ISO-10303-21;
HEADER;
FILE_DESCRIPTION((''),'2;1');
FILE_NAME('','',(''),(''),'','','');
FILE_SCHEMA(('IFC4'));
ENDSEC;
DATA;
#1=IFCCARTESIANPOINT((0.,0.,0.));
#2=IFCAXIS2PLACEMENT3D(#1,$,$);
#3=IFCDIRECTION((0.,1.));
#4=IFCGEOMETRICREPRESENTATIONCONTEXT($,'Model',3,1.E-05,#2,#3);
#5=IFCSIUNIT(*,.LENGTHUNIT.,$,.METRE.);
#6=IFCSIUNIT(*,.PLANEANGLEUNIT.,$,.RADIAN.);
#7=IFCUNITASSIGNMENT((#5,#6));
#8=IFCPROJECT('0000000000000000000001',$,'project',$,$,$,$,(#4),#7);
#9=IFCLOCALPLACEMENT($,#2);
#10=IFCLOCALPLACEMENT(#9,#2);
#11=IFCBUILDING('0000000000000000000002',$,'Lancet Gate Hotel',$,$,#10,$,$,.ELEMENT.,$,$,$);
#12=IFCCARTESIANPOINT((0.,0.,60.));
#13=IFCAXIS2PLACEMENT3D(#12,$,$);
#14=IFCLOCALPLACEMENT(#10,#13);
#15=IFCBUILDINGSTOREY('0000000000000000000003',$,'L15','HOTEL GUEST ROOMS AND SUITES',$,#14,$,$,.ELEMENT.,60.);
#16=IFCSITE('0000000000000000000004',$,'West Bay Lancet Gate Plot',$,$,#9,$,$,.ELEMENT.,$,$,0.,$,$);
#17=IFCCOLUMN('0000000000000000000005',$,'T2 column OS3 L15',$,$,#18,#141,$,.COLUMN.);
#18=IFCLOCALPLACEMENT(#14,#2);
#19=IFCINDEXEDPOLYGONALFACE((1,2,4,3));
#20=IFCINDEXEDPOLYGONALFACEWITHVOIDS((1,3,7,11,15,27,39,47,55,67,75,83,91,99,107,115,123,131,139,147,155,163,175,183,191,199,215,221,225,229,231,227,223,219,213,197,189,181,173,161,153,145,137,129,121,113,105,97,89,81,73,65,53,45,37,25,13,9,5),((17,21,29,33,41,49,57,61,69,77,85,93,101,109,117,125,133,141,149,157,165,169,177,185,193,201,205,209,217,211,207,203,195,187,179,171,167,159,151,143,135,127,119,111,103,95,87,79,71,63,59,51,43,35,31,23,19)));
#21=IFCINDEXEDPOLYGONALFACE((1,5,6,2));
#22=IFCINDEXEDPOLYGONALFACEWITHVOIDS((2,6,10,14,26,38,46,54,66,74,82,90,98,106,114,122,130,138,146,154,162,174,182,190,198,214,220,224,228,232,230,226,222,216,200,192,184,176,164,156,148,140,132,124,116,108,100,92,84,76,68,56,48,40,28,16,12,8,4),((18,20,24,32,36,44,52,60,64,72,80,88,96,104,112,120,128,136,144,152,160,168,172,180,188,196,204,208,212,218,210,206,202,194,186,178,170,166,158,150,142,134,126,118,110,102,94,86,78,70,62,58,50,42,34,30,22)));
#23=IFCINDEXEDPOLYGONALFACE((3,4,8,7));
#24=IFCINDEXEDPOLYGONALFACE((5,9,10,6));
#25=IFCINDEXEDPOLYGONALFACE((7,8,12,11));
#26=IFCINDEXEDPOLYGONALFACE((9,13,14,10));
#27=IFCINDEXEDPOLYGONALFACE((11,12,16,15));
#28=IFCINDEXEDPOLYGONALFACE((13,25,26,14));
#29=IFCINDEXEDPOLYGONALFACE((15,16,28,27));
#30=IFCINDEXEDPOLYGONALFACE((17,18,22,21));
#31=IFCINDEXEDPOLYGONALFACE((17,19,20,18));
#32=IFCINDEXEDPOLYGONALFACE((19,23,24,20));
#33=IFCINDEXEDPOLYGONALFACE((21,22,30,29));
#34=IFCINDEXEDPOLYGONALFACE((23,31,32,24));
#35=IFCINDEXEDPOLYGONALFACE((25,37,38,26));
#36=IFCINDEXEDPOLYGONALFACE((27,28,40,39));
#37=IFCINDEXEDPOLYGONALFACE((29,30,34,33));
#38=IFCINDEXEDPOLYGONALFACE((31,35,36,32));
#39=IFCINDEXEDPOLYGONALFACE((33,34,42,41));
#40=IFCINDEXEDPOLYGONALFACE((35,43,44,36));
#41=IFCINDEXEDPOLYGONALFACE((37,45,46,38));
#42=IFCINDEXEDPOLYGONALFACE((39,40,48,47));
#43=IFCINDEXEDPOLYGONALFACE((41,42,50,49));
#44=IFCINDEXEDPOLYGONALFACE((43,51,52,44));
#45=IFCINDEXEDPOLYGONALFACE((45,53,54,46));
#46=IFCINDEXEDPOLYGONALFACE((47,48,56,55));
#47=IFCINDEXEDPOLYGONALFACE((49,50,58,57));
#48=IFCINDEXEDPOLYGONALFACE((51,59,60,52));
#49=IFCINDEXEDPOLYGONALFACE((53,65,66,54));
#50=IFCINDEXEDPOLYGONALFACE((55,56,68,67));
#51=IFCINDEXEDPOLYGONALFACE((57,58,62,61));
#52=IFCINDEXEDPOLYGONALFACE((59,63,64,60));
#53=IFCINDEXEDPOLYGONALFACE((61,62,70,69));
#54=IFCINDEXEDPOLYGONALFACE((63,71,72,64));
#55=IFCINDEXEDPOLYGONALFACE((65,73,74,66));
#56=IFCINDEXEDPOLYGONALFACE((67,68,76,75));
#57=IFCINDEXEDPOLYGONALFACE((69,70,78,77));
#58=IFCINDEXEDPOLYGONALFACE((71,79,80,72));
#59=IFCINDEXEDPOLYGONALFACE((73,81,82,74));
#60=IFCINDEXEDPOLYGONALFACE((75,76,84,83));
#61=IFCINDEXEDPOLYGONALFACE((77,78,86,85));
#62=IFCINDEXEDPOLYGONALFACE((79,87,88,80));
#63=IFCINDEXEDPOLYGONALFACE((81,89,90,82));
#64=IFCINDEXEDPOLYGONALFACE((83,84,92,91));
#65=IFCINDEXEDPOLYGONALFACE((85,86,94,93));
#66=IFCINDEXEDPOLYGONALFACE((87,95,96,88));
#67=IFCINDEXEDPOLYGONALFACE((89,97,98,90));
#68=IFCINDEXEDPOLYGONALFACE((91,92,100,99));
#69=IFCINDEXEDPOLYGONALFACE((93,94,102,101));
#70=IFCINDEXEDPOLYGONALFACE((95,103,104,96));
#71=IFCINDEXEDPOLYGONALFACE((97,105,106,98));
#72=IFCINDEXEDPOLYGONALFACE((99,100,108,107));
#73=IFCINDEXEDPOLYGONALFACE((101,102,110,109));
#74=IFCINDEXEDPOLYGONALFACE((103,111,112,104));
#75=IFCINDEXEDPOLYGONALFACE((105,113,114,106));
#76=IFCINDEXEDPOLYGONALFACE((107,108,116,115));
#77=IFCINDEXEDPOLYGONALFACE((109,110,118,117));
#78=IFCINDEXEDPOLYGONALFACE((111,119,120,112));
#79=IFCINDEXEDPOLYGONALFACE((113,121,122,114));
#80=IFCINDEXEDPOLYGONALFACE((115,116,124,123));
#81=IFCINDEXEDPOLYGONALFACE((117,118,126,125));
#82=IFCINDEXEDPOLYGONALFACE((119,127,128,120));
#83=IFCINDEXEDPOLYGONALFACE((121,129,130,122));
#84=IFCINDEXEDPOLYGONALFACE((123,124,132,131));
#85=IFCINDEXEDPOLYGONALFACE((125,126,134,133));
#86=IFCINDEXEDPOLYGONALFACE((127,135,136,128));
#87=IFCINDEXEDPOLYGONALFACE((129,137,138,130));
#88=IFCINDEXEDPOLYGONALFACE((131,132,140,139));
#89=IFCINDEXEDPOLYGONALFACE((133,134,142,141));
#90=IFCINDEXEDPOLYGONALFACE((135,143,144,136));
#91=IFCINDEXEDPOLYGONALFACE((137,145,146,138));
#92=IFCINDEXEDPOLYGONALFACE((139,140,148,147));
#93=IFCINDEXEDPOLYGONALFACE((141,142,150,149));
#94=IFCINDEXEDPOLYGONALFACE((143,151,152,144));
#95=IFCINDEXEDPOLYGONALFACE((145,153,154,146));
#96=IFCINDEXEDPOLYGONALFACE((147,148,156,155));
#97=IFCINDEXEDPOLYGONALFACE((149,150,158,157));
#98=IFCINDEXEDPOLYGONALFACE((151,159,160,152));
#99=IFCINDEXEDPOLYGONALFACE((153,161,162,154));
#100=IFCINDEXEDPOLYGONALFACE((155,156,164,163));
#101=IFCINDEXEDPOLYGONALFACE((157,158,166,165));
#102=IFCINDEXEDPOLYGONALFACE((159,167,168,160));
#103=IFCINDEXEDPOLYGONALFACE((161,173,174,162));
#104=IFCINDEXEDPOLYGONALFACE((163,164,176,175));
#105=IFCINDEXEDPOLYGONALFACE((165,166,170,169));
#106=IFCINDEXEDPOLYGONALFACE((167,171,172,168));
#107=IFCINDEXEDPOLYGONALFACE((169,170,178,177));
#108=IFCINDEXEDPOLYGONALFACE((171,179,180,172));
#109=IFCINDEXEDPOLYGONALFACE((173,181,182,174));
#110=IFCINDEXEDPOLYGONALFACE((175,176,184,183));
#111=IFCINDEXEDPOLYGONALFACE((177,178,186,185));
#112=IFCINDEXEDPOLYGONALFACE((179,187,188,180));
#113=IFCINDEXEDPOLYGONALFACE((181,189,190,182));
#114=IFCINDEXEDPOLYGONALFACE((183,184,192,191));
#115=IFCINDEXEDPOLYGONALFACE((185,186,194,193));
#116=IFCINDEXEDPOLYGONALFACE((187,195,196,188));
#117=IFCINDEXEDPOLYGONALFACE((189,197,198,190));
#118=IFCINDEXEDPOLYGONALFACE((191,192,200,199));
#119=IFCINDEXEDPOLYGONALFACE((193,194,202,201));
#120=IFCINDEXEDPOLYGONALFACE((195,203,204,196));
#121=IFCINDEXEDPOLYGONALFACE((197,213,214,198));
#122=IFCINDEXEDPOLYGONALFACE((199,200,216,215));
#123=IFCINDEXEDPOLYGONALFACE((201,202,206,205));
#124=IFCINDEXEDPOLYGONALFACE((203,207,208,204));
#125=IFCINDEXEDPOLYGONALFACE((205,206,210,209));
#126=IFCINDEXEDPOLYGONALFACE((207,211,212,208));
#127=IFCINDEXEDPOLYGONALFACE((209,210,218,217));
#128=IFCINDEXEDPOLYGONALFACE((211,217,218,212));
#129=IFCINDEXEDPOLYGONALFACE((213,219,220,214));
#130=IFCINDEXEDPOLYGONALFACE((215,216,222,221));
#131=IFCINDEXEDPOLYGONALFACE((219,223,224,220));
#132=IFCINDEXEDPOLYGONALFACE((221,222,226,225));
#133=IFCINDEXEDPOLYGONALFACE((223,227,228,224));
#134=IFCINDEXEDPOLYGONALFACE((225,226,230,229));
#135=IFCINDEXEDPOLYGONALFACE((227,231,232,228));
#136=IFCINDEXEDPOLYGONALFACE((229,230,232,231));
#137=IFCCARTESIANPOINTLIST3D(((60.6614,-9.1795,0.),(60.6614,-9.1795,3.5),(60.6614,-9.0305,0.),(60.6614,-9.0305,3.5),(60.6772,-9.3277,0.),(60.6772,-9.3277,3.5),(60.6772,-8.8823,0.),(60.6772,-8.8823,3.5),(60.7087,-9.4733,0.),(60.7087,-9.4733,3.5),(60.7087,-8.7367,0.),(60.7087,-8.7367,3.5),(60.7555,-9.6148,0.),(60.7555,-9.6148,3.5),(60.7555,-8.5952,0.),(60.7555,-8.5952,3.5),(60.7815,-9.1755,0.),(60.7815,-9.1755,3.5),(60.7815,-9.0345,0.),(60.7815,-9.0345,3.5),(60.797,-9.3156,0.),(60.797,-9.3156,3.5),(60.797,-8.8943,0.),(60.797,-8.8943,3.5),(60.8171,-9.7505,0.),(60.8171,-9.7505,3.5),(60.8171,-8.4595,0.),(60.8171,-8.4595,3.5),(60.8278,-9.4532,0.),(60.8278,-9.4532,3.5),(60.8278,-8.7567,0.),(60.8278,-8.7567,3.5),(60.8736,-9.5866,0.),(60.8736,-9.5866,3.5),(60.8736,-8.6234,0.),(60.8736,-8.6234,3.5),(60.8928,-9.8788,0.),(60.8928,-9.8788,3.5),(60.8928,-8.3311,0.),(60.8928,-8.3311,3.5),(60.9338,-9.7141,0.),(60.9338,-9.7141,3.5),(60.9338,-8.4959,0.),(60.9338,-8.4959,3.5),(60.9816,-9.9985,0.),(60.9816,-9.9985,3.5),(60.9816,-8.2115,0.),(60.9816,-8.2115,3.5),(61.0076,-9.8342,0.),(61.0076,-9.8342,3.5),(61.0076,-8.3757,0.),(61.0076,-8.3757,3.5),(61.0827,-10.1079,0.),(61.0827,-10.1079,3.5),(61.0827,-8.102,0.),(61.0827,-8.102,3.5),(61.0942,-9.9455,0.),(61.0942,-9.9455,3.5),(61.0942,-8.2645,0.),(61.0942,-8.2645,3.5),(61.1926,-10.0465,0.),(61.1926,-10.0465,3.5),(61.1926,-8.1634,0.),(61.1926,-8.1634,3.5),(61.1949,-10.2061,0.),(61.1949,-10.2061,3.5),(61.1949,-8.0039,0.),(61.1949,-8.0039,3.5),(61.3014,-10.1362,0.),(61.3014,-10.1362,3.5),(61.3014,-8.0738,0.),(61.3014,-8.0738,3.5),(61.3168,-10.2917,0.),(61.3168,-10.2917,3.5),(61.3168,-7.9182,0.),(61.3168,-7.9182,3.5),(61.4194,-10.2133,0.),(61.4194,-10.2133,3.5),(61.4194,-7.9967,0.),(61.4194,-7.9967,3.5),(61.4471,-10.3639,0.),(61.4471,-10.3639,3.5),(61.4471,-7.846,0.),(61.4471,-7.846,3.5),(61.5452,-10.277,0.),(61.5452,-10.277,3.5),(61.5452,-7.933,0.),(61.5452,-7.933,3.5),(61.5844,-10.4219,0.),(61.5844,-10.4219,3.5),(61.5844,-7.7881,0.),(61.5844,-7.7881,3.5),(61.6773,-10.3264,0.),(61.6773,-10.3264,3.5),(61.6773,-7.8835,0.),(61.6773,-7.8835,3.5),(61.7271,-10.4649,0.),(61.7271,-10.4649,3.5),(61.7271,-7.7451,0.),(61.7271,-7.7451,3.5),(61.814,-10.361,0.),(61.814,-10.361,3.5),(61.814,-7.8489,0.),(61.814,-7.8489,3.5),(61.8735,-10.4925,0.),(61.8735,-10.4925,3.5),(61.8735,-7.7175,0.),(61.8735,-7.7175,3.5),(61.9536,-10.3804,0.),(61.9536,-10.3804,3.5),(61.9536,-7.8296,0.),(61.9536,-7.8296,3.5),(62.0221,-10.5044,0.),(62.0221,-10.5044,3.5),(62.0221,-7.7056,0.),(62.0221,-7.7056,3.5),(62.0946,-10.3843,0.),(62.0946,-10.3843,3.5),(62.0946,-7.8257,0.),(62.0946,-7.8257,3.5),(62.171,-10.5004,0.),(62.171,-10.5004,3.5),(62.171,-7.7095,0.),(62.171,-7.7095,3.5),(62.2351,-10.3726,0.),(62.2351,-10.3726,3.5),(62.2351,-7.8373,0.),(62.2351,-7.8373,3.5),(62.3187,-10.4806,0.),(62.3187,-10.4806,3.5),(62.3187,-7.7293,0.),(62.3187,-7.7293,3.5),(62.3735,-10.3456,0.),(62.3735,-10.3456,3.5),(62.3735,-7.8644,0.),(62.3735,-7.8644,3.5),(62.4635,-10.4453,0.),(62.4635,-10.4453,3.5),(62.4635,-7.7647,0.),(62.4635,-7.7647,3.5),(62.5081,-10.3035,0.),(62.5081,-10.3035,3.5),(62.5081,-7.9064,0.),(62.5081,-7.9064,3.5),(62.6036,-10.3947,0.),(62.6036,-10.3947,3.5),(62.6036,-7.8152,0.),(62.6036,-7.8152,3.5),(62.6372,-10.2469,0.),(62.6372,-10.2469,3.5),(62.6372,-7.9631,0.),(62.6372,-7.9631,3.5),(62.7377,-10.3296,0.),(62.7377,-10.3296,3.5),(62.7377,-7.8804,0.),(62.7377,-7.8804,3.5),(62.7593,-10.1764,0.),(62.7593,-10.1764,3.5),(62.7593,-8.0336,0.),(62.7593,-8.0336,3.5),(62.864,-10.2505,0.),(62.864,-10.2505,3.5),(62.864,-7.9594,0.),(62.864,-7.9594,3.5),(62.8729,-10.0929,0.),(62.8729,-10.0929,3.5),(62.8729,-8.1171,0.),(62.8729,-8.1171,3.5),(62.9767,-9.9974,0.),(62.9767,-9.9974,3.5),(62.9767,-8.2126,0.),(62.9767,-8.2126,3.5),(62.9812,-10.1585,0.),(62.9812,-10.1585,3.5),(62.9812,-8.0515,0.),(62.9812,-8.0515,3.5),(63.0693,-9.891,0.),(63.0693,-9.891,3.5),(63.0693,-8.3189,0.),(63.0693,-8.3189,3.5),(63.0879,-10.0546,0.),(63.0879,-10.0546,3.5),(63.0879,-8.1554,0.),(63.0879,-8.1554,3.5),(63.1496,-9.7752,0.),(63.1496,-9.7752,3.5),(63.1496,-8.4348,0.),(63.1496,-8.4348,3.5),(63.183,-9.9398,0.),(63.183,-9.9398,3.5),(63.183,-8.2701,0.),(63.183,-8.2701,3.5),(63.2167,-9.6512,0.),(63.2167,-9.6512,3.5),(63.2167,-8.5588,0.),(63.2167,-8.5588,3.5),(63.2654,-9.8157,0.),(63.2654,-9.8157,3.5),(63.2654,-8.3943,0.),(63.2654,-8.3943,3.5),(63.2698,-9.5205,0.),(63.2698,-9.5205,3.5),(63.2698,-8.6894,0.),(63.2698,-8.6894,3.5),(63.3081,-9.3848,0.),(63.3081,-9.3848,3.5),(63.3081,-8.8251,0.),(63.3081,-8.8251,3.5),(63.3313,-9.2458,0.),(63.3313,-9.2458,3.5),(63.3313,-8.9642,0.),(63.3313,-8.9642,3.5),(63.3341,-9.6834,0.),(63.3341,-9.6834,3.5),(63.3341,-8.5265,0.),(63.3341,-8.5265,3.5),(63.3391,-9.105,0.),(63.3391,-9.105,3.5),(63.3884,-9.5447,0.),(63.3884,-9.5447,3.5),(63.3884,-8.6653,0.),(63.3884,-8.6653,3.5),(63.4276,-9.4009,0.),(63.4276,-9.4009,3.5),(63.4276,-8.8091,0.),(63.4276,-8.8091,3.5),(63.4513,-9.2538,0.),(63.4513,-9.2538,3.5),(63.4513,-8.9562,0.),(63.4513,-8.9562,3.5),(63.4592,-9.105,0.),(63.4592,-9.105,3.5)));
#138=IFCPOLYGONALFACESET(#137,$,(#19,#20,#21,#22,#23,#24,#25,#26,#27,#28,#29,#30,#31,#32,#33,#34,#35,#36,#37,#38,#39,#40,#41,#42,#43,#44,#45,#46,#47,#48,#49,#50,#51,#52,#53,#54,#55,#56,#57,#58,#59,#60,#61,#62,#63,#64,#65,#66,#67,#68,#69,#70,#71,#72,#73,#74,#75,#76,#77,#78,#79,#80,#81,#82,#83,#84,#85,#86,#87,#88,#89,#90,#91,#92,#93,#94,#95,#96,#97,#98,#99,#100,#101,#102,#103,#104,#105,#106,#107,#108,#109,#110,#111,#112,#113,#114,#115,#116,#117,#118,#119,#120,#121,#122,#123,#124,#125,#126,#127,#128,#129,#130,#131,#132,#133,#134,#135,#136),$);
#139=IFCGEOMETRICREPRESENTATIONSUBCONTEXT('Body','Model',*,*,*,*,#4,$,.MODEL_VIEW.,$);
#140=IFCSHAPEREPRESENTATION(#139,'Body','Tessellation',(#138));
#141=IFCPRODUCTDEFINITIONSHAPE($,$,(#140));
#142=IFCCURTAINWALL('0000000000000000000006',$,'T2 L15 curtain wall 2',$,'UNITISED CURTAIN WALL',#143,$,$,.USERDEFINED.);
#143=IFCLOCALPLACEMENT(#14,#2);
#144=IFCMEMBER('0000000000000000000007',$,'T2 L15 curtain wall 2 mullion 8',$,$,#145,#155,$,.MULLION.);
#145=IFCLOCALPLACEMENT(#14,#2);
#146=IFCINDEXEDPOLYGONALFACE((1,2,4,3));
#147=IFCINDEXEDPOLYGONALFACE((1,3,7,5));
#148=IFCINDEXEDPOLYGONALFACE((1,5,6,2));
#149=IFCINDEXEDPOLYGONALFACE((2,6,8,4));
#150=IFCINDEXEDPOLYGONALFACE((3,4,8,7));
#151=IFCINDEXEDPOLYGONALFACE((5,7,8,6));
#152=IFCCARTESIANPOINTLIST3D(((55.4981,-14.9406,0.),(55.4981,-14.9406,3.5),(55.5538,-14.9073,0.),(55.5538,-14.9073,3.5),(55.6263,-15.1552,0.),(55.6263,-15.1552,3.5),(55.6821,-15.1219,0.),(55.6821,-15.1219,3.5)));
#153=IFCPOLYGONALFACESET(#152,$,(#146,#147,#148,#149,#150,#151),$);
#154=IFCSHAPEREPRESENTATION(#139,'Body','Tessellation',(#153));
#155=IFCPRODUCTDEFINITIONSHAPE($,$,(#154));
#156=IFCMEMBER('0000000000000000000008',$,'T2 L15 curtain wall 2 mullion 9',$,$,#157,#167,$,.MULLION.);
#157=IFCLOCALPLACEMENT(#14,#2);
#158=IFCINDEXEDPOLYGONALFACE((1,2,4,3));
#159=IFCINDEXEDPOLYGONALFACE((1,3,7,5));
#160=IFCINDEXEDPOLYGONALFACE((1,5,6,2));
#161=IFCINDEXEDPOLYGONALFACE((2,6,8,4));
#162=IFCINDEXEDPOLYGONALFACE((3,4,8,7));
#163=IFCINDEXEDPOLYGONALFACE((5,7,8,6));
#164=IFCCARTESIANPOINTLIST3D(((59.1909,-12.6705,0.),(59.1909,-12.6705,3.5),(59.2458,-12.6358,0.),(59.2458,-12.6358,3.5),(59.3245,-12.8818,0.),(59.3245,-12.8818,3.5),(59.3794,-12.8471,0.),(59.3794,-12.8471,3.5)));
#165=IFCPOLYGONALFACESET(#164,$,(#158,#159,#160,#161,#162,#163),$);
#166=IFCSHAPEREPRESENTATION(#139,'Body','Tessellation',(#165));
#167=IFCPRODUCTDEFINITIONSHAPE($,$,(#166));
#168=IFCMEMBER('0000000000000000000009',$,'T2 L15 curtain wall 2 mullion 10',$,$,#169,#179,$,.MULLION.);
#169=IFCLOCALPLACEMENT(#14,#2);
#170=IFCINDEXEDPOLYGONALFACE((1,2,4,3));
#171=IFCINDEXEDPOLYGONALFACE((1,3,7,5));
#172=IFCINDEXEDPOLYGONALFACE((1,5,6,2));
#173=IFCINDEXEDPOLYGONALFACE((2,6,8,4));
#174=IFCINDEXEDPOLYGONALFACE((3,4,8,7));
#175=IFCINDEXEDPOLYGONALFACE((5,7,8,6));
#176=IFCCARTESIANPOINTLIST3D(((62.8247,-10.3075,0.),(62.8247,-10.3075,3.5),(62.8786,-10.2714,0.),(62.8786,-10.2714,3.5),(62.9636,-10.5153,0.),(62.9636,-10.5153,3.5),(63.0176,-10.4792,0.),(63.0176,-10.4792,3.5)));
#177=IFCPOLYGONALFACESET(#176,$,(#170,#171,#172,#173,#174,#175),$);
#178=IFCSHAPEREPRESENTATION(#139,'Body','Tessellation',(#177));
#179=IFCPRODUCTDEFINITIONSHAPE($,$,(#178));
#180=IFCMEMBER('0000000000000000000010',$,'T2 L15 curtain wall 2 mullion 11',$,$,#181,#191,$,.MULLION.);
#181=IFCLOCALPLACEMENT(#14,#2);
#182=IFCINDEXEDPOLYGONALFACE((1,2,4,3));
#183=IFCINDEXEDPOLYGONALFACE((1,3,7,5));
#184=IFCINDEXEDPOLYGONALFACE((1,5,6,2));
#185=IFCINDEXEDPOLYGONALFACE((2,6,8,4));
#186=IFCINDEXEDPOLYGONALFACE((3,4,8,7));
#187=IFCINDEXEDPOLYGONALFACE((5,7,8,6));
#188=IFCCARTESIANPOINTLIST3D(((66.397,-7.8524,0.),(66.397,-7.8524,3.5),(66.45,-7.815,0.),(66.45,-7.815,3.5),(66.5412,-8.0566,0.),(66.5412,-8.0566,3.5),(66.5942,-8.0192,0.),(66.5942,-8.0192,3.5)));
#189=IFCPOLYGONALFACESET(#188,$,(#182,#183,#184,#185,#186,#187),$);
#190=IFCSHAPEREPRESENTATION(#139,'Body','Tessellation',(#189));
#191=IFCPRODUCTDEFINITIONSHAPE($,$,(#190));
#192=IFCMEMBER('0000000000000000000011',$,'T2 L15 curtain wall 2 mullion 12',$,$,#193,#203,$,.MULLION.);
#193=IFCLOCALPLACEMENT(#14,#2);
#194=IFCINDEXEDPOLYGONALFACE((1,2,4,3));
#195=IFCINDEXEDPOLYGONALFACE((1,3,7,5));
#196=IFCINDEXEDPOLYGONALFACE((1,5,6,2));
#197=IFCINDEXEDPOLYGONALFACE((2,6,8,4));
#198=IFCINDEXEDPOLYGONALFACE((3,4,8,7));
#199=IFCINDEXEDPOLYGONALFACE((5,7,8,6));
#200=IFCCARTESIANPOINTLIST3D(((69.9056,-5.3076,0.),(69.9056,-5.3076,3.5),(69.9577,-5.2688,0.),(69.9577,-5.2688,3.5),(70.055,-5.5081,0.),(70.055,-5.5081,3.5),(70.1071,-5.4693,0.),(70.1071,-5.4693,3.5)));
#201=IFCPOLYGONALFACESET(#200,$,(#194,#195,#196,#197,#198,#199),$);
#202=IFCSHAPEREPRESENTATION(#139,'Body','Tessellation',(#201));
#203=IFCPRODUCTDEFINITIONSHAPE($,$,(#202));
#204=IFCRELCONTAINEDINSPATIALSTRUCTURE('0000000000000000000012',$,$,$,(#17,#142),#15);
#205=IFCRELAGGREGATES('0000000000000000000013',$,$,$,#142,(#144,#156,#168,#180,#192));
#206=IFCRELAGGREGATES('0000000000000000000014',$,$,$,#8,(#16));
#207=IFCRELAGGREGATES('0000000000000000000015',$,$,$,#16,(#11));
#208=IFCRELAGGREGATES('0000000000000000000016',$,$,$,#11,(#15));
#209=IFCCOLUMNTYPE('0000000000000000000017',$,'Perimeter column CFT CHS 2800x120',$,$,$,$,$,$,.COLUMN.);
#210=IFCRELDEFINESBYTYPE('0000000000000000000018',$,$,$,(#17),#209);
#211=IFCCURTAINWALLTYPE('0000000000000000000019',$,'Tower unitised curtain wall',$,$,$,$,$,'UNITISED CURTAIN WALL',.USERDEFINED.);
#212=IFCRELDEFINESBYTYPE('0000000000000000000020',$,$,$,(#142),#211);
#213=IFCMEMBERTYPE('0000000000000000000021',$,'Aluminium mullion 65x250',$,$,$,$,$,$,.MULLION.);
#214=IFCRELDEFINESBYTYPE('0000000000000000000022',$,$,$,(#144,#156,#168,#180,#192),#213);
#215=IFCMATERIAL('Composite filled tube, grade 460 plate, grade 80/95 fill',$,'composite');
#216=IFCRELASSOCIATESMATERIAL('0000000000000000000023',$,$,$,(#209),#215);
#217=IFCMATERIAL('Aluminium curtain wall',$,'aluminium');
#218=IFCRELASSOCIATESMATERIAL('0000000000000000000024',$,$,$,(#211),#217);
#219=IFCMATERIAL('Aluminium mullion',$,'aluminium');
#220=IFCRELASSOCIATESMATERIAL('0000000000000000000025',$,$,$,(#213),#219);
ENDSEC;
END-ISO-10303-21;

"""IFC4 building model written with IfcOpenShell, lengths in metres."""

from ifc_helpers import new_model, si_unit, direction, frame, origin, origin_2d, place, context, subcontext, project, spatial, rectangle, hollow_circle, extrude, material, material_profile, profile_set, type_object, element, aggregate, save


model = new_model("IFC4")

# Units and contexts
model_context = context("Model", 3, precision=1e-05, world=origin(), true_north=direction((0.0, 1.0)))
body_context = subcontext(model_context, "Body", "Model", "MODEL_VIEW")
ifc_project = project(units=[si_unit("LENGTHUNIT", "METRE"), si_unit("PLANEANGLEUNIT", "RADIAN")], contexts=[model_context])

# Site, building, storey
site_placement = place(None, origin())
site = spatial("IfcSite", under=ifc_project, at=site_placement, Name="West Bay Lancet Gate Plot", CompositionType="ELEMENT", RefElevation=0.0)
building_placement = place(site_placement, origin())
building = spatial("IfcBuilding", under=site, at=building_placement, Name="Lancet Gate Hotel", CompositionType="ELEMENT")
storey_placement = place(building_placement, frame((0.0, 0.0, 60.0)))
storey = spatial("IfcBuildingStorey", under=building, at=storey_placement, Name="L15", Description="HOTEL GUEST ROOMS AND SUITES", CompositionType="ELEMENT", Elevation=60.0)

# Column
ifc_material_1 = material(Name="Composite filled tube, grade 460 plate, grade 80/95 fill", Category="composite")
ifc_material_profile_1 = material_profile(ifc_material_1, hollow_circle(Radius=1.3999, WallThickness=0.1201, at=origin_2d()), Name="CHS 2800x120")
ifc_profile_set_1 = profile_set([ifc_material_profile_1], Name="Composite filled tube, grade 460 plate, grade 80/95 fill")
column_type = type_object("IfcColumnType", Name="Perimeter column CFT CHS 2800x120", PredefinedType="COLUMN", material=ifc_profile_set_1)
for number, where, z_axis, x_axis, name in (
    (1, (62.0593, -9.105, 0.0), (0.0, 0.0, 1.0), (1.0, 0.0, 0.0), "T2 column OS3 L15"),
):
    element("IfcColumn", number, at=place(storey_placement, frame(where, z_axis=z_axis, x_axis=x_axis)), inside=storey, type_object=column_type, Name=name, PredefinedType="COLUMN", context=body_context, shape_type="SweptSolid", body=[
        extrude(hollow_circle(Radius=1.3999, WallThickness=0.1201, at=origin_2d()), origin(), (0.0, 0.0, 1.0), 3.5),
    ])

# Curtain wall, members
ifc_material_2 = material(Name="Aluminium curtain wall", Category="aluminium")
curtain_wall_type = type_object("IfcCurtainWallType", Name="Tower unitised curtain wall", ElementType="UNITISED CURTAIN WALL", PredefinedType="USERDEFINED", material=ifc_material_2)
curtain_wall_placement = place(storey_placement, origin())
curtain_wall = element("IfcCurtainWall", 2, at=curtain_wall_placement, inside=storey, type_object=curtain_wall_type, Name="T2 L15 curtain wall 2", ObjectType="UNITISED CURTAIN WALL", PredefinedType="USERDEFINED")
ifc_material_3 = material(Name="Aluminium mullion", Category="aluminium")
ifc_material_profile_2 = material_profile(ifc_material_3, rectangle(XDim=0.0649, YDim=0.25, at=origin_2d()), Name="MULLION 65x250")
ifc_profile_set_2 = profile_set([ifc_material_profile_2], Name="Aluminium mullion")
member_type_1 = type_object("IfcMemberType", Name="Aluminium mullion 65x250", PredefinedType="MULLION", material=ifc_profile_set_2)
member_1_placement = place(storey_placement, frame((55.5901, -15.0312, 0.0), z_axis=(0.0, 0.0, 1.0), x_axis=(0.858413, 0.512959, 0.0)))
member_1 = element("IfcMember", 3, at=member_1_placement, type_object=member_type_1, Name="T2 L15 curtain wall 2 mullion 8", PredefinedType="MULLION", context=body_context, shape_type="SweptSolid", body=[
    extrude(rectangle(XDim=0.0649, YDim=0.25, at=origin_2d()), origin(), (0.0, 0.0, 1.0), 3.5),
])
member_2_placement = place(storey_placement, frame((59.2852, -12.7588, 0.0), z_axis=(0.0, 0.0, 1.0), x_axis=(0.845079, 0.534641, 0.0)))
member_2 = element("IfcMember", 4, at=member_2_placement, type_object=member_type_1, Name="T2 L15 curtain wall 2 mullion 9", PredefinedType="MULLION", context=body_context, shape_type="SweptSolid", body=[
    extrude(rectangle(XDim=0.0649, YDim=0.25, at=origin_2d()), origin(), (0.0, 0.0, 1.0), 3.5),
])
member_3_placement = place(storey_placement, frame((62.9211, -10.3933, 0.0), z_axis=(0.0, 0.0, 1.0), x_axis=(0.831198, 0.555976, 0.0)))
member_3 = element("IfcMember", 5, at=member_3_placement, type_object=member_type_1, Name="T2 L15 curtain wall 2 mullion 10", PredefinedType="MULLION", context=body_context, shape_type="SweptSolid", body=[
    extrude(rectangle(XDim=0.0649, YDim=0.25, at=origin_2d()), origin(), (0.0, 0.0, 1.0), 3.5),
])
member_4_placement = place(storey_placement, frame((66.4956, -7.9358, 0.0), z_axis=(0.0, 0.0, 1.0), x_axis=(0.816779, 0.576951, 0.0)))
member_4 = element("IfcMember", 6, at=member_4_placement, type_object=member_type_1, Name="T2 L15 curtain wall 2 mullion 11", PredefinedType="MULLION", context=body_context, shape_type="SweptSolid", body=[
    extrude(rectangle(XDim=0.0649, YDim=0.25, at=origin_2d()), origin(), (0.0, 0.0, 1.0), 3.5),
])
member_5_placement = place(storey_placement, frame((70.0063, -5.3884, 0.0), z_axis=(0.0, 0.0, 1.0), x_axis=(0.80183, 0.597552, 0.0)))
member_5 = element("IfcMember", 7, at=member_5_placement, type_object=member_type_1, Name="T2 L15 curtain wall 2 mullion 12", PredefinedType="MULLION", context=body_context, shape_type="SweptSolid", body=[
    extrude(rectangle(XDim=0.0649, YDim=0.25, at=origin_2d()), origin(), (0.0, 0.0, 1.0), 3.5),
])

aggregate(curtain_wall, [member_1, member_2, member_3, member_4, member_5])

save(model, "model.ifc")
